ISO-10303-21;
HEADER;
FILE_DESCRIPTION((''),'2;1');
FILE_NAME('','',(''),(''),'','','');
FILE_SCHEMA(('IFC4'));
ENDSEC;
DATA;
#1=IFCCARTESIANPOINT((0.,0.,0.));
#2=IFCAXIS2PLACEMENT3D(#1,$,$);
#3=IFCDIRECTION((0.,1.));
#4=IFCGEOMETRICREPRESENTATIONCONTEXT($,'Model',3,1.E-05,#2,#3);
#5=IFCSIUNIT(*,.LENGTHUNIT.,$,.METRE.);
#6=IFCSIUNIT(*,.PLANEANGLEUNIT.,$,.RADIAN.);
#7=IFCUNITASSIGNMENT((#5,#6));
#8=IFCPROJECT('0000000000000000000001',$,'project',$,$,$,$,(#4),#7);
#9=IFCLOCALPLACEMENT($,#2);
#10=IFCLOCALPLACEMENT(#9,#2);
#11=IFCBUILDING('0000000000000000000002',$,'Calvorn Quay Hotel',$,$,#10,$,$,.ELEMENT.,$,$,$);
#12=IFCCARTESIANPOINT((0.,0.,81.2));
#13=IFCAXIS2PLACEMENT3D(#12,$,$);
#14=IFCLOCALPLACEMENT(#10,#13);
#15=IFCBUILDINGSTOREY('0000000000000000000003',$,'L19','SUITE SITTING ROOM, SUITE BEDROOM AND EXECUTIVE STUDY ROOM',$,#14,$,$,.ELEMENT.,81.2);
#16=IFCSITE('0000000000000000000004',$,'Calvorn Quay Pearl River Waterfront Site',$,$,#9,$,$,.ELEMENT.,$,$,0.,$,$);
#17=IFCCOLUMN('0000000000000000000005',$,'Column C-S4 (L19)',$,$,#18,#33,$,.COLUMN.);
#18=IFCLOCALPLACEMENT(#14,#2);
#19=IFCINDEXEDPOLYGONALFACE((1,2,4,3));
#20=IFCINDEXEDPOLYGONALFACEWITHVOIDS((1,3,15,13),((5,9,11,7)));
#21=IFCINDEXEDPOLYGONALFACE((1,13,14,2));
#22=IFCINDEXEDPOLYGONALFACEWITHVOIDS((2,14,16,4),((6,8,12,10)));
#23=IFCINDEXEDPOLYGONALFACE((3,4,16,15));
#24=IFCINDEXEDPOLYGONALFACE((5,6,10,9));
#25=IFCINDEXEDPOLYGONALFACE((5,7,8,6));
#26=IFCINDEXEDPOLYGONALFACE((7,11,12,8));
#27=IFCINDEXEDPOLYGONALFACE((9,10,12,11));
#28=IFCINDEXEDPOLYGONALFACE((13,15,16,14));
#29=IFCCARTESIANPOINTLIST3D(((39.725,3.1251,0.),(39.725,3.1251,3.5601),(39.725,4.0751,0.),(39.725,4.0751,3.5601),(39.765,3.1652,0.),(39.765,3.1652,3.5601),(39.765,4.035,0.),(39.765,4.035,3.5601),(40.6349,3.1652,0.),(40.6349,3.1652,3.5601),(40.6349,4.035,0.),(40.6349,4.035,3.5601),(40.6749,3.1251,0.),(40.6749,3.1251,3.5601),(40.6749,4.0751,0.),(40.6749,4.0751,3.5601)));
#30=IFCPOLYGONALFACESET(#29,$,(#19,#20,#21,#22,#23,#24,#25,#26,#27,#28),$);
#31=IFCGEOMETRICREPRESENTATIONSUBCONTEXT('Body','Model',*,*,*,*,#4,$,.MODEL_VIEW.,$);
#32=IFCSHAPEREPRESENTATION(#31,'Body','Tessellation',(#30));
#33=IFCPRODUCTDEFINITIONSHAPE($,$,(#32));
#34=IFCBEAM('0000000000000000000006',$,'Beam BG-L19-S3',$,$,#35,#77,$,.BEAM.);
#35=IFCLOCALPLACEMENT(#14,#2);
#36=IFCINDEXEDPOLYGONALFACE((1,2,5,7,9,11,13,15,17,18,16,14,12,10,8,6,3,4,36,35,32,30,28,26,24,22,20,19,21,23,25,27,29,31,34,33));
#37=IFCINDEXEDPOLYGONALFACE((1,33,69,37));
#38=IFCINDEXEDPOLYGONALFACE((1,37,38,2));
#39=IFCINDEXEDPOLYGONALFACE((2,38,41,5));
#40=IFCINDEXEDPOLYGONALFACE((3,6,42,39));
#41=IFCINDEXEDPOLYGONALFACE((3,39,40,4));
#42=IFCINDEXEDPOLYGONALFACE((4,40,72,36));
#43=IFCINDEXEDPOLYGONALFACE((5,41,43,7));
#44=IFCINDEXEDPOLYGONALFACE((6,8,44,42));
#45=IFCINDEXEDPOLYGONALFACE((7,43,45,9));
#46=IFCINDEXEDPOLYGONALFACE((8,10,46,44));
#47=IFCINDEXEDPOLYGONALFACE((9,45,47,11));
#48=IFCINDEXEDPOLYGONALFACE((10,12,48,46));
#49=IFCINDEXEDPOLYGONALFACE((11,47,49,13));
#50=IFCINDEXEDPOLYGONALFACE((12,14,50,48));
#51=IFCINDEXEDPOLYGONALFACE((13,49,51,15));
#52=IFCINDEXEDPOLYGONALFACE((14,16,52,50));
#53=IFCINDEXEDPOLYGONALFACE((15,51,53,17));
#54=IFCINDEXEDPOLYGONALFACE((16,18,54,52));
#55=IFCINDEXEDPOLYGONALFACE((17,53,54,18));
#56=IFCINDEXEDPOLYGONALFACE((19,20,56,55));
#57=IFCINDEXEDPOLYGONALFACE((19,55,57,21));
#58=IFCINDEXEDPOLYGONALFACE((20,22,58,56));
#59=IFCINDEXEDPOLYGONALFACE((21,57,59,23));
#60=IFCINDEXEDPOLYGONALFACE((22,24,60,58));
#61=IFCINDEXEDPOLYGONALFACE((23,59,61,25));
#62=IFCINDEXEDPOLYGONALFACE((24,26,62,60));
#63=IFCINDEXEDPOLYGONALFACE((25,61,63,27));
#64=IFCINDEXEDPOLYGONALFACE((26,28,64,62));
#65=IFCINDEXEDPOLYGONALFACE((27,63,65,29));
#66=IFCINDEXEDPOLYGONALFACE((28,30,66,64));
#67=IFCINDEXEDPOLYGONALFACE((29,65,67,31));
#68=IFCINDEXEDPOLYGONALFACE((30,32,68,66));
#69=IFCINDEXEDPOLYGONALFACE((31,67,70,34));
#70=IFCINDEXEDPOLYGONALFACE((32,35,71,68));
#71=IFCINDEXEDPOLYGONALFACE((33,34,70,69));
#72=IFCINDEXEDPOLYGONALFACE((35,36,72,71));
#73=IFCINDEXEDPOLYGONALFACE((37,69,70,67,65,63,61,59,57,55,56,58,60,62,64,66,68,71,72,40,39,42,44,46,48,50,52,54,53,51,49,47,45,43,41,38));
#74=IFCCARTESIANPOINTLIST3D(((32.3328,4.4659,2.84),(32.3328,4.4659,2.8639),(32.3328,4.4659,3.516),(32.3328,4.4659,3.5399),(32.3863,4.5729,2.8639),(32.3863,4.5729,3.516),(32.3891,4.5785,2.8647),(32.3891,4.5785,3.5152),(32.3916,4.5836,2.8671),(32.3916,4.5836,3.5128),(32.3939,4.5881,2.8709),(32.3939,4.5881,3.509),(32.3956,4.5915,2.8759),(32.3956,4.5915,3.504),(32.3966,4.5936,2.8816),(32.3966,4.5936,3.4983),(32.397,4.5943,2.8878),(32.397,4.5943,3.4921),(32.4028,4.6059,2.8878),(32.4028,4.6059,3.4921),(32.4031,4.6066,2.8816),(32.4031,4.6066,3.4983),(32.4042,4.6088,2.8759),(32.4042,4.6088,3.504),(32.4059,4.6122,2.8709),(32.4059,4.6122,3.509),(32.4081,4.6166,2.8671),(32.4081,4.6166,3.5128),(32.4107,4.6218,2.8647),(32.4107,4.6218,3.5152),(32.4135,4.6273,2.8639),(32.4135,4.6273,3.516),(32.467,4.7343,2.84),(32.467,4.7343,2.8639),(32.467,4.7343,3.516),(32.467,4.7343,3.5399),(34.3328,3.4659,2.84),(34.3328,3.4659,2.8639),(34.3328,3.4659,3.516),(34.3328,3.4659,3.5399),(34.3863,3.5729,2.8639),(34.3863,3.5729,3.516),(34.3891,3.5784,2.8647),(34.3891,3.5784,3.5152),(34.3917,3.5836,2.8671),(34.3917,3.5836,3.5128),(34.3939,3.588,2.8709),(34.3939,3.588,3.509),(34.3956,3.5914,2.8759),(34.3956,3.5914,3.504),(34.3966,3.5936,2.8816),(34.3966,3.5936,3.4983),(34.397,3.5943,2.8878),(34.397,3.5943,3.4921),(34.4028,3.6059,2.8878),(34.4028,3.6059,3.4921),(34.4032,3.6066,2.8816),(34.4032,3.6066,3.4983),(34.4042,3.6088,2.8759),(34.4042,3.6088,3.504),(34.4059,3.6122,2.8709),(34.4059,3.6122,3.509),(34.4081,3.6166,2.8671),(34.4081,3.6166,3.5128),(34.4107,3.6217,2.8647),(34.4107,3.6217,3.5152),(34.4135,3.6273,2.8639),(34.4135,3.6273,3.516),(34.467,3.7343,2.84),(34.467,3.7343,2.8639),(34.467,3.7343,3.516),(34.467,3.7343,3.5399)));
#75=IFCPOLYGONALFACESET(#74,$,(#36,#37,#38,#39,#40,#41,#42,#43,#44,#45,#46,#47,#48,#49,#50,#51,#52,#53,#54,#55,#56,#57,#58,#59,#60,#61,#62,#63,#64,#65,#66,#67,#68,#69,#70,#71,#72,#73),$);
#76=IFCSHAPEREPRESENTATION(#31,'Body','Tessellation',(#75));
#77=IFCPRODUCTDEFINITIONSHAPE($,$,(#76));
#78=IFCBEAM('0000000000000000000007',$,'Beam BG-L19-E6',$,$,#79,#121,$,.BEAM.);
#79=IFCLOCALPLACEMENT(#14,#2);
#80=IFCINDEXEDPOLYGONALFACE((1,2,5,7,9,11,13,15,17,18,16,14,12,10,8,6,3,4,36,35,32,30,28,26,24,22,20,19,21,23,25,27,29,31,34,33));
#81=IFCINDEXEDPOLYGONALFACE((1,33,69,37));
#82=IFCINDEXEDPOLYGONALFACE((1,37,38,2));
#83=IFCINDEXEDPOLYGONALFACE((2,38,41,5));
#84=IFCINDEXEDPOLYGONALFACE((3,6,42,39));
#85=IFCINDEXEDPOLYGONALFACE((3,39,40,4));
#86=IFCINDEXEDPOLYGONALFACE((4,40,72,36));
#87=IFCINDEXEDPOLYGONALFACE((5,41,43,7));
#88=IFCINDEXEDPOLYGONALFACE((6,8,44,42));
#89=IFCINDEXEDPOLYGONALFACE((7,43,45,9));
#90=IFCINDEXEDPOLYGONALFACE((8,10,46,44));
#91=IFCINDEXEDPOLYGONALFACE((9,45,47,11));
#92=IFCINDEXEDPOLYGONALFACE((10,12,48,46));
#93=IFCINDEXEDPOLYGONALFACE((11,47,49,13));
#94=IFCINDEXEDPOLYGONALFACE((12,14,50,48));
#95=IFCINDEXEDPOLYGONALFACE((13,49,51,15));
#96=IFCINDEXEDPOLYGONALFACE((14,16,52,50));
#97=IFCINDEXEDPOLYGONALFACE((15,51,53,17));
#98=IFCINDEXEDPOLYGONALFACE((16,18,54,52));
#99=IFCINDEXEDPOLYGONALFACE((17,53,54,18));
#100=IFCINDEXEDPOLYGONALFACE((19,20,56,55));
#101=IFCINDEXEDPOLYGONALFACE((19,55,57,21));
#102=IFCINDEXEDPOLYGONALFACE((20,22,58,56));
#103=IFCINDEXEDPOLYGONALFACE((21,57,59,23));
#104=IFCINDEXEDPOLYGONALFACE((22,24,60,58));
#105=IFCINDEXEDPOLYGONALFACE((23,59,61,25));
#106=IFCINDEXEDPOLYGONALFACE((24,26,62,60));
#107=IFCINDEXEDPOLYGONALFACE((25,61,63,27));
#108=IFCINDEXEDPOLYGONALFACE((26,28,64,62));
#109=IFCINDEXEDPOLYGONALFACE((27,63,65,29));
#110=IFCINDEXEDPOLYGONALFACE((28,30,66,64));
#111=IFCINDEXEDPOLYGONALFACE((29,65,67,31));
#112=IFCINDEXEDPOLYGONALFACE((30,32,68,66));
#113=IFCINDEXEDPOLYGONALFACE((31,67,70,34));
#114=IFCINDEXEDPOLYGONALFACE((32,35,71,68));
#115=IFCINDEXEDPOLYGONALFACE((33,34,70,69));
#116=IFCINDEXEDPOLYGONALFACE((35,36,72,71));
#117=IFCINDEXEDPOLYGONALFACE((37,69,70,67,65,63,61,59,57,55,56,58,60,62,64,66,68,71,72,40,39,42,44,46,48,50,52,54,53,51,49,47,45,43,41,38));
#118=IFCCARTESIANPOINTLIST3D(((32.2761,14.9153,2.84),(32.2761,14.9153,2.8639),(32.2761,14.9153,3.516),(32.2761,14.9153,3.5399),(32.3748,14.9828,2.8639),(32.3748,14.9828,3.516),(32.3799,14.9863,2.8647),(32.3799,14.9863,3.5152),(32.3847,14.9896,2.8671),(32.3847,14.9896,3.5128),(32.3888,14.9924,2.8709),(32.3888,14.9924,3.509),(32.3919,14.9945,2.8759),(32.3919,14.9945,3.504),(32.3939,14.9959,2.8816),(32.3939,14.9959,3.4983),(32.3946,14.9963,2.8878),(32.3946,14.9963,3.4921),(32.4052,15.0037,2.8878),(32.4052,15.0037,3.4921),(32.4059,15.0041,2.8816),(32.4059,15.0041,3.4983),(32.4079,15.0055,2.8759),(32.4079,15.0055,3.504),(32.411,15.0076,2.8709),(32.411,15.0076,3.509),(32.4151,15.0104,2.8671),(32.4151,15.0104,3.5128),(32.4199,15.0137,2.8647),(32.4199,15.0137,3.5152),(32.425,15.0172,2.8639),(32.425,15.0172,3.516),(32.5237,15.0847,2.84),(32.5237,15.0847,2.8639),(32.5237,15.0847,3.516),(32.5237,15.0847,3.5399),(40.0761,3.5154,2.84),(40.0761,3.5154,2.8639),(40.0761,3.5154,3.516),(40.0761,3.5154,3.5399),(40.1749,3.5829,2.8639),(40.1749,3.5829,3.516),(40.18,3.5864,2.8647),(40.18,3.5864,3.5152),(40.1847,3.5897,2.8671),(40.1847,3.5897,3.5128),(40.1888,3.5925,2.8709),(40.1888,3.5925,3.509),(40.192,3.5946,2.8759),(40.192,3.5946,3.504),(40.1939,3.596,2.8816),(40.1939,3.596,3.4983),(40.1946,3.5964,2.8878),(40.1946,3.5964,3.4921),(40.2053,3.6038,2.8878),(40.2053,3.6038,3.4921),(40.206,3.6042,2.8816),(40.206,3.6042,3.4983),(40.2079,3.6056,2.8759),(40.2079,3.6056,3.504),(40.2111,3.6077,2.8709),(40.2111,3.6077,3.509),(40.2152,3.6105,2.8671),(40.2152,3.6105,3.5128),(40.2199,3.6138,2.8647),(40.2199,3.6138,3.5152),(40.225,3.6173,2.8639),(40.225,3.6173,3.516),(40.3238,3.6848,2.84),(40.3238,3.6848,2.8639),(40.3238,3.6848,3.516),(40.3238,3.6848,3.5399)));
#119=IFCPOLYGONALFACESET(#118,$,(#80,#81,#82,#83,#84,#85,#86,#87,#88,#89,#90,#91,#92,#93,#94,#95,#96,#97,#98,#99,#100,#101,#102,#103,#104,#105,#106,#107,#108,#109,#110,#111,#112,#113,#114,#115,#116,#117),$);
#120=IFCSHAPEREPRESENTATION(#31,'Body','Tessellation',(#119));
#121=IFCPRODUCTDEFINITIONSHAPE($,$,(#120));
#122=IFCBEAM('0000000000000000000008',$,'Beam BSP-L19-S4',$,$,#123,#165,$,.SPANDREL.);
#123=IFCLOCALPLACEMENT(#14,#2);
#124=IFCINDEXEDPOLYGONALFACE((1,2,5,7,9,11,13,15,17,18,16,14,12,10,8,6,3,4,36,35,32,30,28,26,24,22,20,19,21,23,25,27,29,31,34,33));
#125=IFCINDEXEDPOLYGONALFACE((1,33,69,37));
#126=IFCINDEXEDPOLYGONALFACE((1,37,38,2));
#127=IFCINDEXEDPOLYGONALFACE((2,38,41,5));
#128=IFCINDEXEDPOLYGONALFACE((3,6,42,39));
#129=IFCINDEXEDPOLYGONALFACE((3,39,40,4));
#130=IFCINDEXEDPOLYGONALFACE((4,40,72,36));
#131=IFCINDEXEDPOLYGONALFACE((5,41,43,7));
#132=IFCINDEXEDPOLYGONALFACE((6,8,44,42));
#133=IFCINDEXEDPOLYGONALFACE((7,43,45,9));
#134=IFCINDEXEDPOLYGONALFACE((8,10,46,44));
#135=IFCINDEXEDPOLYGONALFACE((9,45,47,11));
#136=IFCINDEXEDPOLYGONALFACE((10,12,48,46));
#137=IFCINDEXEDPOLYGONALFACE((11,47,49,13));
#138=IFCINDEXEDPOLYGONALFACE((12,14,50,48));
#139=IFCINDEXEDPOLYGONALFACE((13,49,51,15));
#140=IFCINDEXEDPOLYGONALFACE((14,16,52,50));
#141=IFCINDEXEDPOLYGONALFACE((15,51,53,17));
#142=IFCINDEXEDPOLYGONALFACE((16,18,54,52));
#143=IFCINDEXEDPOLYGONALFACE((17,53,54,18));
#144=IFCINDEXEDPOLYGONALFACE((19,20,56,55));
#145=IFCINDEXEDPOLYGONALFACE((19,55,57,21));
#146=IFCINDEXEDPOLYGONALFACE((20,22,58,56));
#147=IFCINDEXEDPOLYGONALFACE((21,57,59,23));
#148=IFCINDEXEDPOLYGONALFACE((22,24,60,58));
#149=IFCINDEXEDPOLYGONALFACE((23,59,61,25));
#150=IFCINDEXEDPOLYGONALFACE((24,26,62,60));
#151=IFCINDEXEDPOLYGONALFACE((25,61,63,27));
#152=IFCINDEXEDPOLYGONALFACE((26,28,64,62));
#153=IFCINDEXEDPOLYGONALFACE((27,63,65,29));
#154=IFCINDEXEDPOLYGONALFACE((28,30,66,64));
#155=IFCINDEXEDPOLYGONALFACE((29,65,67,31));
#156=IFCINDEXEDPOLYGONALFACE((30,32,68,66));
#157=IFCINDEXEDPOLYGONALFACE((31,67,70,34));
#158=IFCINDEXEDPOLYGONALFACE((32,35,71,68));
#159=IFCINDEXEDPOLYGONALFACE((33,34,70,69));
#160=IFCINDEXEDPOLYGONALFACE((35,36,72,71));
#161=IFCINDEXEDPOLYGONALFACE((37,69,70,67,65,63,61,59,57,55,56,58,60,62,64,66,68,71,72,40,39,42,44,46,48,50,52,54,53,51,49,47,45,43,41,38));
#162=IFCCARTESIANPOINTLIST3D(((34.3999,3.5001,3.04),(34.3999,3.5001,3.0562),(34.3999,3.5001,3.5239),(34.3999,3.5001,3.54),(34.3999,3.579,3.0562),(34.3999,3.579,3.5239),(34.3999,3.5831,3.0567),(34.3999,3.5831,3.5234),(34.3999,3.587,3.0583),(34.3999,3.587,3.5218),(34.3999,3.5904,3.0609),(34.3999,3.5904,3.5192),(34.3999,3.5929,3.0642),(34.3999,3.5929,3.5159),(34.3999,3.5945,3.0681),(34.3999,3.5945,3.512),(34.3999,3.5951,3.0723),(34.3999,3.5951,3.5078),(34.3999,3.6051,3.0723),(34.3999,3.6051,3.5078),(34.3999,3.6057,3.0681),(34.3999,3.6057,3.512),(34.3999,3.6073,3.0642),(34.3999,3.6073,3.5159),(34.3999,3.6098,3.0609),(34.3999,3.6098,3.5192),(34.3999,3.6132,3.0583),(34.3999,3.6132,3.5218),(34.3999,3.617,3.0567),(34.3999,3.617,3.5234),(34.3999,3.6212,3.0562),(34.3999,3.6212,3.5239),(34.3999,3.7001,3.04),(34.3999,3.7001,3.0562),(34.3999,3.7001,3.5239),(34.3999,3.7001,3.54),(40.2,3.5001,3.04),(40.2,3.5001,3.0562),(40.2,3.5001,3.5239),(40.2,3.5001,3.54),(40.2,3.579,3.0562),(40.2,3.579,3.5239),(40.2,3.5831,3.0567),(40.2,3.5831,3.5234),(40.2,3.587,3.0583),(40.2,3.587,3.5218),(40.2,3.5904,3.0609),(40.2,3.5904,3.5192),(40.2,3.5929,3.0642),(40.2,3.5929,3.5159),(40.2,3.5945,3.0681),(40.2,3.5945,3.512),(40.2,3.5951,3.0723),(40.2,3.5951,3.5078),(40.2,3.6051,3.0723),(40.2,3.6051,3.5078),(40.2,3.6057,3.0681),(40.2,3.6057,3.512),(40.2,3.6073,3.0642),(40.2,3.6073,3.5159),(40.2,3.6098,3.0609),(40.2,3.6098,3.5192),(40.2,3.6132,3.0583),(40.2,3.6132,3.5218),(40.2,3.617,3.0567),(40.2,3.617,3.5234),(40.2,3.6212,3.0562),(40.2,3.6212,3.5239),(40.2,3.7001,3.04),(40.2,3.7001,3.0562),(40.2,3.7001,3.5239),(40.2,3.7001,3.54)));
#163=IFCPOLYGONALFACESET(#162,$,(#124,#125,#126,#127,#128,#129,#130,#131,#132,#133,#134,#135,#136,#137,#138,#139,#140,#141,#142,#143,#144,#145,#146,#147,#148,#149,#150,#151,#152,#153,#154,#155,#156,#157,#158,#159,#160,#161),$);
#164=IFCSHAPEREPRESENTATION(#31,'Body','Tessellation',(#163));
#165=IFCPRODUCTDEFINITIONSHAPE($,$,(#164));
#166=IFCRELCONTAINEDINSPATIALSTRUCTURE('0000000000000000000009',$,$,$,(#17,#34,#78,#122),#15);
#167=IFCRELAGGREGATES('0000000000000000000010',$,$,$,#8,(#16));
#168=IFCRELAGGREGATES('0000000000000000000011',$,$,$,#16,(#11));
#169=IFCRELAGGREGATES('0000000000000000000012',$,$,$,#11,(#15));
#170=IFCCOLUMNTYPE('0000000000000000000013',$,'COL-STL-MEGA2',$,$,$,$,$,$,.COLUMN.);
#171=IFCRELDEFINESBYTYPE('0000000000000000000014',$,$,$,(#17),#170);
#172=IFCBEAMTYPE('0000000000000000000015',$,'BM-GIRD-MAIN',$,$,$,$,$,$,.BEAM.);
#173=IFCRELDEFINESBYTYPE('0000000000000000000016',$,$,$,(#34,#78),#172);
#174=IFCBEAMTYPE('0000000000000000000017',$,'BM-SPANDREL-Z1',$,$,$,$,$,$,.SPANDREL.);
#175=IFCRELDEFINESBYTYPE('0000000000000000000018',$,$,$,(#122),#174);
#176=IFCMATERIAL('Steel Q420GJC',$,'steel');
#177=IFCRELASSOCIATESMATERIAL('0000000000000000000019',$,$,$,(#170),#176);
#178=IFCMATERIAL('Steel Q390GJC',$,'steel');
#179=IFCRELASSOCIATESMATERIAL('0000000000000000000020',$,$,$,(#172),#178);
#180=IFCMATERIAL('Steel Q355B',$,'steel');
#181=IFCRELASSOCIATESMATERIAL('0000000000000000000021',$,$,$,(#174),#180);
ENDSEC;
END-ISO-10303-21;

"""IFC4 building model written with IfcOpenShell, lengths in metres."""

from ifc_helpers import new_model, si_unit, direction, frame, origin, origin_2d, place, context, subcontext, project, spatial, hollow_rectangle, i_section, extrude, material, material_profile, profile_set, type_object, element, save


model = new_model("IFC4")

# Units and contexts
model_context = context("Model", 3, precision=1e-05, world=origin(), true_north=direction((0.0, 1.0)))
body_context = subcontext(model_context, "Body", "Model", "MODEL_VIEW")
ifc_project = project(units=[si_unit("LENGTHUNIT", "METRE"), si_unit("PLANEANGLEUNIT", "RADIAN")], contexts=[model_context])

# Site, building, storey
site_placement = place(None, origin())
site = spatial("IfcSite", under=ifc_project, at=site_placement, Name="Calvorn Quay Pearl River Waterfront Site", CompositionType="ELEMENT", RefElevation=0.0)
building_placement = place(site_placement, origin())
building = spatial("IfcBuilding", under=site, at=building_placement, Name="Calvorn Quay Hotel", CompositionType="ELEMENT")
storey_placement = place(building_placement, frame((0.0, 0.0, 81.2)))
storey = spatial("IfcBuildingStorey", under=building, at=storey_placement, Name="L19", Description="SUITE SITTING ROOM, SUITE BEDROOM AND EXECUTIVE STUDY ROOM", CompositionType="ELEMENT", Elevation=81.2)

# Column
ifc_material_1 = material(Name="Steel Q420GJC", Category="steel")
ifc_material_profile_1 = material_profile(ifc_material_1, hollow_rectangle(XDim=0.95, YDim=0.95, WallThickness=0.04, at=origin_2d()), Name="BOX950x950x40")
ifc_profile_set_1 = profile_set([ifc_material_profile_1], Name="Steel Q420GJC")
column_type = type_object("IfcColumnType", Name="COL-STL-MEGA2", PredefinedType="COLUMN", material=ifc_profile_set_1)
column_placement = place(storey_placement, frame((40.2, 3.6001, 0.0), z_axis=(0.0, 0.0, 1.0), x_axis=(1.0, 0.0, 0.0)))
element("IfcColumn", 1, at=column_placement, inside=storey, type_object=column_type, Name="Column C-S4 (L19)", PredefinedType="COLUMN", context=body_context, shape_type="SweptSolid", body=[
    extrude(hollow_rectangle(XDim=0.95, YDim=0.95, WallThickness=0.04, at=origin_2d()), origin(), (0.0, 0.0, 1.0), 3.5601),
])

# Beams
ifc_material_2 = material(Name="Steel Q390GJC", Category="steel")
ifc_material_profile_2 = material_profile(ifc_material_2, i_section(OverallWidth=0.3, OverallDepth=0.7, WebThickness=0.0129, FlangeThickness=0.0239, FilletRadius=0.0239, at=origin_2d()), Name="HN700x300x13x24")
ifc_profile_set_2 = profile_set([ifc_material_profile_2], Name="Steel Q390GJC")
beam_type_1 = type_object("IfcBeamType", Name="BM-GIRD-MAIN", PredefinedType="BEAM", material=ifc_profile_set_2)
beam_1_placement = place(storey_placement, frame((34.3999, 3.6001, 3.1899), z_axis=(-0.894427, 0.447214, 0.0), x_axis=(-0.447214, -0.894427, 0.0)))
element("IfcBeam", 2, at=beam_1_placement, inside=storey, type_object=beam_type_1, Name="Beam BG-L19-S3", PredefinedType="BEAM", context=body_context, shape_type="SweptSolid", body=[
    extrude(i_section(OverallWidth=0.3, OverallDepth=0.7, WebThickness=0.0129, FlangeThickness=0.0239, FilletRadius=0.0239, at=origin_2d()), origin(), (0.0, 0.0, 1.0), 2.2361),
])
beam_2_placement = place(storey_placement, frame((40.2, 3.6001, 3.1899), z_axis=(-0.56469, 0.825303, 0.0), x_axis=(-0.825303, -0.56469, 0.0)))
element("IfcBeam", 3, at=beam_2_placement, inside=storey, type_object=beam_type_1, Name="Beam BG-L19-E6", PredefinedType="BEAM", context=body_context, shape_type="SweptSolid", body=[
    extrude(i_section(OverallWidth=0.3, OverallDepth=0.7, WebThickness=0.0129, FlangeThickness=0.0239, FilletRadius=0.0239, at=origin_2d()), origin(), (0.0, 0.0, 1.0), 13.813),
])
ifc_material_3 = material(Name="Steel Q355B", Category="steel")
ifc_material_profile_3 = material_profile(ifc_material_3, i_section(OverallWidth=0.2, OverallDepth=0.5, WebThickness=0.01, FlangeThickness=0.0161, FilletRadius=0.0161, at=origin_2d()), Name="HN500x200x10x16")
ifc_profile_set_3 = profile_set([ifc_material_profile_3], Name="Steel Q355B")
beam_type_2 = type_object("IfcBeamType", Name="BM-SPANDREL-Z1", PredefinedType="SPANDREL", material=ifc_profile_set_3)
beam_3_placement = place(storey_placement, frame((34.3999, 3.6001, 3.29), z_axis=(1.0, 0.0, 0.0), x_axis=(0.0, 1.0, 0.0)))
element("IfcBeam", 4, at=beam_3_placement, inside=storey, type_object=beam_type_2, Name="Beam BSP-L19-S4", PredefinedType="SPANDREL", context=body_context, shape_type="SweptSolid", body=[
    extrude(i_section(OverallWidth=0.2, OverallDepth=0.5, WebThickness=0.01, FlangeThickness=0.0161, FilletRadius=0.0161, at=origin_2d()), origin(), (0.0, 0.0, 1.0), 5.8),
])

save(model, "model.ifc")
